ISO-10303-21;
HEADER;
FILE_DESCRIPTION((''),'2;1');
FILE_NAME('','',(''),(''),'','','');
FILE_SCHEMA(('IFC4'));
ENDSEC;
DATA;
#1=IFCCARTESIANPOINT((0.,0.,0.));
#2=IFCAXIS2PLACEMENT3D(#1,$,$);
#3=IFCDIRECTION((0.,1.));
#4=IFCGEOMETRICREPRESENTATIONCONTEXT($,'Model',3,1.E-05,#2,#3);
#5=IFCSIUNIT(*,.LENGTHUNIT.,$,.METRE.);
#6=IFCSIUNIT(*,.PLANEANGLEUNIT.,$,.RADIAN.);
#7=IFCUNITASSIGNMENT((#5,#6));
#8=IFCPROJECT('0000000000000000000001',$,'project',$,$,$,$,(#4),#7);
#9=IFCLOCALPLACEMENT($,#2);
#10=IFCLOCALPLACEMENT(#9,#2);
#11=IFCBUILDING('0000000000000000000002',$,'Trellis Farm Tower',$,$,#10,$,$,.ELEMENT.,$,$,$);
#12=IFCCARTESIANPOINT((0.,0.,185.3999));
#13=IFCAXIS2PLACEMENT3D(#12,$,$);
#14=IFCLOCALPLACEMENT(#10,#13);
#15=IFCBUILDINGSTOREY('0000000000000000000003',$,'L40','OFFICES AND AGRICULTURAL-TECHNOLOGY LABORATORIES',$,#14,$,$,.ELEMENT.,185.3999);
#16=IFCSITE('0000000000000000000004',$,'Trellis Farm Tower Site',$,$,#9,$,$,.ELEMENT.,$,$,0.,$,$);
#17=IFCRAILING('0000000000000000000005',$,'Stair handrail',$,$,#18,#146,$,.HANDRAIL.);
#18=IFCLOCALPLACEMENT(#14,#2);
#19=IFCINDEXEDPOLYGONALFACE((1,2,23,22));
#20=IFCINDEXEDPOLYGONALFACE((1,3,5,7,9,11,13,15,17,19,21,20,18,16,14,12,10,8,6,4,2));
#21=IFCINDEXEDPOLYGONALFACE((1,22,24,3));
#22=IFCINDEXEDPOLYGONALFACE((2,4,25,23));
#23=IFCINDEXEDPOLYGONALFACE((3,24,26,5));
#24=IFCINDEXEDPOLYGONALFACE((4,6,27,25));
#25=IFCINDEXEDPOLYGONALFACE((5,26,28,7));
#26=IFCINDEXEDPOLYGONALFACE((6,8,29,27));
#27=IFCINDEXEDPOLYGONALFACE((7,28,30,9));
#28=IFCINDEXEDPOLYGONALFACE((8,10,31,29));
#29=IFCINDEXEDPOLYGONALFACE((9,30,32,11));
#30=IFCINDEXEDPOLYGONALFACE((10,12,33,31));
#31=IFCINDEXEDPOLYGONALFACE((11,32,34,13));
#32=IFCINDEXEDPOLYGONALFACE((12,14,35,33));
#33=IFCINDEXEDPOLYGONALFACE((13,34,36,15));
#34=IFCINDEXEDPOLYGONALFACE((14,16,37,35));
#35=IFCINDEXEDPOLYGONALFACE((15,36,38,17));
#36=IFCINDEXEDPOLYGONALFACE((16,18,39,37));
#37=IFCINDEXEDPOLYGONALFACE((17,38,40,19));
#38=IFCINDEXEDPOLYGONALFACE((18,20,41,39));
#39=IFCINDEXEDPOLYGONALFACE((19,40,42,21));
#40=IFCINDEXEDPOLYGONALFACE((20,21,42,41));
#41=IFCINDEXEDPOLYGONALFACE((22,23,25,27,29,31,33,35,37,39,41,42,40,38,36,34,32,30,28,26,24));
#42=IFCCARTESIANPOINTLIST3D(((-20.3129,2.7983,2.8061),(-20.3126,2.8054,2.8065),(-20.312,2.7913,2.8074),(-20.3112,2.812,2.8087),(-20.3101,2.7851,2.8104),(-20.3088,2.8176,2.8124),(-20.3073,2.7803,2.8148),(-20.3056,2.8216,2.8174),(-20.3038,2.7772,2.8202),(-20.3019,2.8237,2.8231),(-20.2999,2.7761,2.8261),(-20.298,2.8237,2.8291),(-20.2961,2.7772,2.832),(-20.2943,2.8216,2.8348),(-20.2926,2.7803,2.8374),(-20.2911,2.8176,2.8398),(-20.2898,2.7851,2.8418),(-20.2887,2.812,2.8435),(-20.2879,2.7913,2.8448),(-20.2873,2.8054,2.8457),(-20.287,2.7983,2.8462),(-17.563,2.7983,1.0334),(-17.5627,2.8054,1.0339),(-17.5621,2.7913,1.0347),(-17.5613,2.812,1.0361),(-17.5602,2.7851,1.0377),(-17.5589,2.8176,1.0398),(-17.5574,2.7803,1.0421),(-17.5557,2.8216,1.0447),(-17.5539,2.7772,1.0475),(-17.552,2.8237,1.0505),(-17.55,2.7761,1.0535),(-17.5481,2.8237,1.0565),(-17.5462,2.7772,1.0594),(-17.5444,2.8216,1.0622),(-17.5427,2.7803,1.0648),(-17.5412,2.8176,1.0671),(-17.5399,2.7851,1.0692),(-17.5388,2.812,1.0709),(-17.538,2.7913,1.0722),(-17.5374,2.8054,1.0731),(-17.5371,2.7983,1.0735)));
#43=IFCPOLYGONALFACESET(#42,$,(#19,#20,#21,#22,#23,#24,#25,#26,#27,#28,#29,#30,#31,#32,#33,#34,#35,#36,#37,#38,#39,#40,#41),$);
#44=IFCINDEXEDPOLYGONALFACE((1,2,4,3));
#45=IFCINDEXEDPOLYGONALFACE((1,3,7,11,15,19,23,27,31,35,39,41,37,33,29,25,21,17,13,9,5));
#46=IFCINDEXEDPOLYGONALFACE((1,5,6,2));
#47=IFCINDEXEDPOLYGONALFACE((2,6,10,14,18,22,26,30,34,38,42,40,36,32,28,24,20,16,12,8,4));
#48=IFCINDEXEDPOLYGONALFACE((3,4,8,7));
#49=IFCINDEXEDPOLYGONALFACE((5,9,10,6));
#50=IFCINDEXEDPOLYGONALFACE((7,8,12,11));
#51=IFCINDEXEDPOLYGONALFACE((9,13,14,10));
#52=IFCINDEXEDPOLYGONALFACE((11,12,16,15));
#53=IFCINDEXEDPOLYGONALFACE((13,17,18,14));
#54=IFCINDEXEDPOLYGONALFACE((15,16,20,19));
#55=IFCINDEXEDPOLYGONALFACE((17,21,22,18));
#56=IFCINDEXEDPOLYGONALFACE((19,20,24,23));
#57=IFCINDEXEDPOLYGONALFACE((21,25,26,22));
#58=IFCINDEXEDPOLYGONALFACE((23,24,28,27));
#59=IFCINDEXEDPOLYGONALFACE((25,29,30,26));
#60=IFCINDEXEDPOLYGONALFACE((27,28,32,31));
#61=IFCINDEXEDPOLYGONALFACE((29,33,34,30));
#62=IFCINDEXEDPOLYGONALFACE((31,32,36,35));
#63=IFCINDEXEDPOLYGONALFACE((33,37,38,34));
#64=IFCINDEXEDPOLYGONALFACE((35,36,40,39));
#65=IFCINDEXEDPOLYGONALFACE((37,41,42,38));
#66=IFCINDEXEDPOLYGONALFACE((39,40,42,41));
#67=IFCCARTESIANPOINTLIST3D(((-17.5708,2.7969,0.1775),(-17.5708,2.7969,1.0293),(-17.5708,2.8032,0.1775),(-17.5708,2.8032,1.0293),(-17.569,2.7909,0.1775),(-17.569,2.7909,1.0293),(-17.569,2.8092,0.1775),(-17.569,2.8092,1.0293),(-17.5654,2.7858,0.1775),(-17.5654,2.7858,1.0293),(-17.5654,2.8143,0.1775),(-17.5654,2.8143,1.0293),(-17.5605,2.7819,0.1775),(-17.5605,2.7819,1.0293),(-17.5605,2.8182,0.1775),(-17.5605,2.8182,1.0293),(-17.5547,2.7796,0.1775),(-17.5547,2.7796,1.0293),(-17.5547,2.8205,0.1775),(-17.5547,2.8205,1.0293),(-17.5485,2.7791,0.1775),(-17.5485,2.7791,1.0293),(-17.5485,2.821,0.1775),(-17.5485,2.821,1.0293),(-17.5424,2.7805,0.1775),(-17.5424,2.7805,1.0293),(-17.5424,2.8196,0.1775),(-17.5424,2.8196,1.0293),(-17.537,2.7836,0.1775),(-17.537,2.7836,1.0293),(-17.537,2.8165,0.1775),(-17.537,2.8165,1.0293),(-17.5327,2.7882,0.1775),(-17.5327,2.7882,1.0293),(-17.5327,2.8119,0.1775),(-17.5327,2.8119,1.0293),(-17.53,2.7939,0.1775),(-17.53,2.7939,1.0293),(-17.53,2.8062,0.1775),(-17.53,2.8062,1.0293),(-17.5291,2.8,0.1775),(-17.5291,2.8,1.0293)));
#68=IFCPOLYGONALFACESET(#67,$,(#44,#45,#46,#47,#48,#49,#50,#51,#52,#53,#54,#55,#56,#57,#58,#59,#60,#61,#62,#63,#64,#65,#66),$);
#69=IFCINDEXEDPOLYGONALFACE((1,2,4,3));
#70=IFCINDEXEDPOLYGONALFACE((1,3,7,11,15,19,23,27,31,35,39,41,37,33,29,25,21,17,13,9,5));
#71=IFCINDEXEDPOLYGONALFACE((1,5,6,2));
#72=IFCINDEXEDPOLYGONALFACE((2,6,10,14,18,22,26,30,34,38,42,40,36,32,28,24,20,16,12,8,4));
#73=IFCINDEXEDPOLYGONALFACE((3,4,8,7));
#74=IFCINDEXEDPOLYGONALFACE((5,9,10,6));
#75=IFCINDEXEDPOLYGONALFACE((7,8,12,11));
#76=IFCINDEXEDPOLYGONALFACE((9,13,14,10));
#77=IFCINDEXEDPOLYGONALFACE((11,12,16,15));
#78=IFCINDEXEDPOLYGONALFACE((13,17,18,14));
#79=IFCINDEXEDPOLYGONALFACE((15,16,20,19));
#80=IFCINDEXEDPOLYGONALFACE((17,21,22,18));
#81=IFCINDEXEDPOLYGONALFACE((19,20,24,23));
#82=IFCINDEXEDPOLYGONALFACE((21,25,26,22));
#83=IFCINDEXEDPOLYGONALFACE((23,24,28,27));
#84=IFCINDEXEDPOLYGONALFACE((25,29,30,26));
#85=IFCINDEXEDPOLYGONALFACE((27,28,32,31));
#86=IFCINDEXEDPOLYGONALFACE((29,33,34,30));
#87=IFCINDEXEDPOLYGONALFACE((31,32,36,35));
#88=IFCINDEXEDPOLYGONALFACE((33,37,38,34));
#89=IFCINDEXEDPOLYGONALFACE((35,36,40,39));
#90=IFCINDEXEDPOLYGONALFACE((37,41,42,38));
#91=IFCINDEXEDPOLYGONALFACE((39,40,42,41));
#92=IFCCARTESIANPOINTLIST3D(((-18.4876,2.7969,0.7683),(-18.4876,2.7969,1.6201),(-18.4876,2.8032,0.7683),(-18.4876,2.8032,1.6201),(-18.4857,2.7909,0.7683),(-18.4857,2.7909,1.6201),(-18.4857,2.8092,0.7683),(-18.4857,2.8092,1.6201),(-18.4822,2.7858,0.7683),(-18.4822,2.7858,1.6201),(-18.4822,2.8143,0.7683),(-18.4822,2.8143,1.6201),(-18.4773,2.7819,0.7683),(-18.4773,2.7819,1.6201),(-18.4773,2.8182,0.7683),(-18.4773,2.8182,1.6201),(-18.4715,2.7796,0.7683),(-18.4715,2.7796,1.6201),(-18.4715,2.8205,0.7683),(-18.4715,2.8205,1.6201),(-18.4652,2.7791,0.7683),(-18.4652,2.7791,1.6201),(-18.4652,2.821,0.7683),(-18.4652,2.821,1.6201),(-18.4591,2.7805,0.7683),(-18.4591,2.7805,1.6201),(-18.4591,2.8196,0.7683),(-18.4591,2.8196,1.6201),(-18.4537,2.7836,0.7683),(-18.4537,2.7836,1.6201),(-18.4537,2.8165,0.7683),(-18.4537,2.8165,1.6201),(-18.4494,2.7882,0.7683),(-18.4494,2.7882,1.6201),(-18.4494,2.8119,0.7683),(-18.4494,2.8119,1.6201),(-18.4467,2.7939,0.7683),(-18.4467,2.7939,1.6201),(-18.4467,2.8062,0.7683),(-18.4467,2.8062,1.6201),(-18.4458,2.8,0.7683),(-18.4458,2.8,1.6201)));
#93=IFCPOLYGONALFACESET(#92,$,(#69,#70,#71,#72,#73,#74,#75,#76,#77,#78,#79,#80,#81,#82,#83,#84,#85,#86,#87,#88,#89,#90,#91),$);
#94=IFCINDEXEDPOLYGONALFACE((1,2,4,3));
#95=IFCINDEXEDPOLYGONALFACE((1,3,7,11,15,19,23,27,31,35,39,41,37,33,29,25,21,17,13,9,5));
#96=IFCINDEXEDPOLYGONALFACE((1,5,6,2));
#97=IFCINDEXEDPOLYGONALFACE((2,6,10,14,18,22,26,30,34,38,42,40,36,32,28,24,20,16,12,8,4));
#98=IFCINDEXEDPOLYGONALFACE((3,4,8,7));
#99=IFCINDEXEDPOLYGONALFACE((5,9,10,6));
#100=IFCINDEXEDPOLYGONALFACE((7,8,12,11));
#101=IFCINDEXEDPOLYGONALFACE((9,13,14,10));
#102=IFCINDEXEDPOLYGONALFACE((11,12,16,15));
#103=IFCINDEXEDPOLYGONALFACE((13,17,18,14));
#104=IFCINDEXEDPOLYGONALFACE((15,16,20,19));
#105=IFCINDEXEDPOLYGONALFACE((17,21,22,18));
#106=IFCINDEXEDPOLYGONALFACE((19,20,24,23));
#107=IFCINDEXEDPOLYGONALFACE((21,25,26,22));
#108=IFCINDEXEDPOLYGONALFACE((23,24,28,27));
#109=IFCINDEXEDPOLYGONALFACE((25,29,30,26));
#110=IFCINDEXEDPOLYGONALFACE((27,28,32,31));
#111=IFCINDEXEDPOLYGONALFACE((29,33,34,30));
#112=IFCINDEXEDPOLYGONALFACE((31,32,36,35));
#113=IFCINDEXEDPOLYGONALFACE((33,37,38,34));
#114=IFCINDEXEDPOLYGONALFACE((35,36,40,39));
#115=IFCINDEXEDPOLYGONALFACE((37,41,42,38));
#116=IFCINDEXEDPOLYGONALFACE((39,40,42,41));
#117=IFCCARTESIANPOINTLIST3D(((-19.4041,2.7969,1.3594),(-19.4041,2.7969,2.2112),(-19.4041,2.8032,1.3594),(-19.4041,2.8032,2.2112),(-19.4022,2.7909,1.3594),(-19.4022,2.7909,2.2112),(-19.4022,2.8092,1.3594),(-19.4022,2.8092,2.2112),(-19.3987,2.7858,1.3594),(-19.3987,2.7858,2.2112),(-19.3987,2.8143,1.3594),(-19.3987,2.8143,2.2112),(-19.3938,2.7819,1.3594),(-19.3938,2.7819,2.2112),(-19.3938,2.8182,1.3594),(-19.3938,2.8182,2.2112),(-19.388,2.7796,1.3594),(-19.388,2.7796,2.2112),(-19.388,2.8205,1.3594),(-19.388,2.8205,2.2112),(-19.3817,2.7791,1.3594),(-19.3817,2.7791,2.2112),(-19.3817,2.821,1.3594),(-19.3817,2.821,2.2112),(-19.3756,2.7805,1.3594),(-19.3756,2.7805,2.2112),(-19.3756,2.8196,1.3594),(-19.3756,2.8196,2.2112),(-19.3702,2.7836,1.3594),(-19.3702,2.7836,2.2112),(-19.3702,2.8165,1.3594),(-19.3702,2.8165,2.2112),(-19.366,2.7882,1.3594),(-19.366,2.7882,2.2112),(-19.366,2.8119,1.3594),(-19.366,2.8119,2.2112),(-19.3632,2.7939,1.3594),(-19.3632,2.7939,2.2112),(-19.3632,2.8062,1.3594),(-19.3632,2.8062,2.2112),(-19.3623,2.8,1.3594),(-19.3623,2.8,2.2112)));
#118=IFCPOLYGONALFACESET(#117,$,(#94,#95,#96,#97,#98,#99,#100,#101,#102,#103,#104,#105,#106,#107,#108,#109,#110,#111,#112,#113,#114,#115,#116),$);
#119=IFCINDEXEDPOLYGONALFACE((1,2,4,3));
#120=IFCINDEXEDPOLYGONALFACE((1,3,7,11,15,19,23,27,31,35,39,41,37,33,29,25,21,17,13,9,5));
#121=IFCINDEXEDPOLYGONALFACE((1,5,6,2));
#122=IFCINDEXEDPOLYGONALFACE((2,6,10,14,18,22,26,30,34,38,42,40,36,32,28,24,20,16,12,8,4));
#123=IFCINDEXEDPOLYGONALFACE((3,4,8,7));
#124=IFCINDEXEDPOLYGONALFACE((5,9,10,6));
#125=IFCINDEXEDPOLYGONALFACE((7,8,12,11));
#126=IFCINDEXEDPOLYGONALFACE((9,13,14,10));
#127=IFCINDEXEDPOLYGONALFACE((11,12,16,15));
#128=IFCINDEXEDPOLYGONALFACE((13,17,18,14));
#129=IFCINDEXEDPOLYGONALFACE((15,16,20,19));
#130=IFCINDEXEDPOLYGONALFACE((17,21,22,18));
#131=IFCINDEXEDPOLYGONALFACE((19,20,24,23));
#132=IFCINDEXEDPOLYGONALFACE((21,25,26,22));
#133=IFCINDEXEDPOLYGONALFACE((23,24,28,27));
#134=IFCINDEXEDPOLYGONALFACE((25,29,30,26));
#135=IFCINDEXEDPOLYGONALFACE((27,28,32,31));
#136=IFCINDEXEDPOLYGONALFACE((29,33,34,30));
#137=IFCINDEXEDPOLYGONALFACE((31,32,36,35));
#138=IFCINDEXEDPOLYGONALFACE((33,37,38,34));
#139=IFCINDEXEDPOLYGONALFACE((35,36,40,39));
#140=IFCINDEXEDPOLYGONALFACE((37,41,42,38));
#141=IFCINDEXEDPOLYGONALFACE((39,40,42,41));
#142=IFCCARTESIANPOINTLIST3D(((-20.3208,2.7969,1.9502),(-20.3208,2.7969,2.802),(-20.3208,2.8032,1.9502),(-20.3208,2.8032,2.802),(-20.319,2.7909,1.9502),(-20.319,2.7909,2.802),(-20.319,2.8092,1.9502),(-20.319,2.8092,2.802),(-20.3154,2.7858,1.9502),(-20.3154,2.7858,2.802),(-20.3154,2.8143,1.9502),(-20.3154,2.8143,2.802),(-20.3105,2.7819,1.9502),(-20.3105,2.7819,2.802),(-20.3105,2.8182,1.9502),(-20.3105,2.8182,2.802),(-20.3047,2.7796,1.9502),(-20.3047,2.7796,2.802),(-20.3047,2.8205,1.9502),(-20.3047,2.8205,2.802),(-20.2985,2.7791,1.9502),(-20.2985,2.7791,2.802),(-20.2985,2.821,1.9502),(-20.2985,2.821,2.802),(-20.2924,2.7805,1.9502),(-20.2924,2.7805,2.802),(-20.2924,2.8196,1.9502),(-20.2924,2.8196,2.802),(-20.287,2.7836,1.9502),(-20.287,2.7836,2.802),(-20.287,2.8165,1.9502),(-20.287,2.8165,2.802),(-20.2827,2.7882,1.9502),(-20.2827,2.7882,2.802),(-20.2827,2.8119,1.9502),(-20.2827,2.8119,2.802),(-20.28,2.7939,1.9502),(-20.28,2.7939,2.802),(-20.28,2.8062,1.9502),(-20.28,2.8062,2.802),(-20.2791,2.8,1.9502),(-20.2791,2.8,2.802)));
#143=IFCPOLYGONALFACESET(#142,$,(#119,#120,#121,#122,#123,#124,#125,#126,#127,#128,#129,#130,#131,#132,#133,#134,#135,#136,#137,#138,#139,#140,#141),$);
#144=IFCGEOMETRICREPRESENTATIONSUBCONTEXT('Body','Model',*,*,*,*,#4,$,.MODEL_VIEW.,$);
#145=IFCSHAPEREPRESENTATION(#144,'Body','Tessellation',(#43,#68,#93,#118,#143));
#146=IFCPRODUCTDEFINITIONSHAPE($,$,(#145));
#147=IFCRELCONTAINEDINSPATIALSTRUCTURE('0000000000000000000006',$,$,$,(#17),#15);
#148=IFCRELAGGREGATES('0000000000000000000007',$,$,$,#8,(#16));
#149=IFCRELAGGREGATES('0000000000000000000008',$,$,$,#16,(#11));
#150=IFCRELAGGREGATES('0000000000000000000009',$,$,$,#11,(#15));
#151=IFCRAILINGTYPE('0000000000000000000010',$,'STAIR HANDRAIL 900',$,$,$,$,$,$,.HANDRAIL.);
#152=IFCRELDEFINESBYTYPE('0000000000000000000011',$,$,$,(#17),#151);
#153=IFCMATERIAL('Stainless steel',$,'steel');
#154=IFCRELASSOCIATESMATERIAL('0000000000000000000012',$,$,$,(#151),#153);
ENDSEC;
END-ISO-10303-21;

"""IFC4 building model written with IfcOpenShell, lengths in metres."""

from ifc_helpers import new_model, si_unit, direction, frame, origin, origin_2d, place, context, subcontext, project, spatial, circle, extrude, source, transform, mapped, material, type_object, element, save


model = new_model("IFC4")

# Units and contexts
model_context = context("Model", 3, precision=1e-05, world=origin(), true_north=direction((0.0, 1.0)))
body_context = subcontext(model_context, "Body", "Model", "MODEL_VIEW")
ifc_project = project(units=[si_unit("LENGTHUNIT", "METRE"), si_unit("PLANEANGLEUNIT", "RADIAN")], contexts=[model_context])

# Site, building, storey
site_placement = place(None, origin())
site = spatial("IfcSite", under=ifc_project, at=site_placement, Name="Trellis Farm Tower Site", CompositionType="ELEMENT", RefElevation=0.0)
building_placement = place(site_placement, origin())
building = spatial("IfcBuilding", under=site, at=building_placement, Name="Trellis Farm Tower", CompositionType="ELEMENT")
storey_placement = place(building_placement, frame((0.0, 0.0, 185.3999)))
storey = spatial("IfcBuildingStorey", under=building, at=storey_placement, Name="L40", Description="OFFICES AND AGRICULTURAL-TECHNOLOGY LABORATORIES", CompositionType="ELEMENT", Elevation=185.3999)

# Railing
ifc_material_1 = material(Name="Stainless steel", Category="steel")
railing_type = type_object("IfcRailingType", Name="STAIR HANDRAIL 900", PredefinedType="HANDRAIL", material=ifc_material_1)
shared_shape_1 = source(origin(), body_context, "Body", "SweptSolid", [
    extrude(circle(Radius=0.0239, at=origin_2d()), frame((0.0, 0.0, 0.876), z_axis=(-0.840504, 0.0, 0.541806), x_axis=(0.0, -1.0, 0.0)), (0.0, 0.0, 1.0), 3.2717),
    extrude(circle(Radius=0.021, at=origin_2d()), origin(), (0.0, 0.0, 1.0), 0.8518),
    extrude(circle(Radius=0.021, at=origin_2d()), frame((-0.9167, 0.0, 0.5908)), (0.0, 0.0, 1.0), 0.8518),
    extrude(circle(Radius=0.021, at=origin_2d()), frame((-1.8333, 0.0, 1.1819)), (0.0, 0.0, 1.0), 0.8518),
    extrude(circle(Radius=0.021, at=origin_2d()), frame((-2.75, 0.0, 1.7727)), (0.0, 0.0, 1.0), 0.8518),
])
for number, where, name in (
    (1, (-17.55, 2.8, 0.1775), "Stair handrail"),
):
    element("IfcRailing", number, at=place(storey_placement, frame(where)), inside=storey, type_object=railing_type, Name=name, PredefinedType="HANDRAIL", context=body_context, shape_type="MappedRepresentation", body=[
        mapped(shared_shape_1, transform((0.0, 0.0, 0.0))),
    ])

save(model, "model.ifc")
